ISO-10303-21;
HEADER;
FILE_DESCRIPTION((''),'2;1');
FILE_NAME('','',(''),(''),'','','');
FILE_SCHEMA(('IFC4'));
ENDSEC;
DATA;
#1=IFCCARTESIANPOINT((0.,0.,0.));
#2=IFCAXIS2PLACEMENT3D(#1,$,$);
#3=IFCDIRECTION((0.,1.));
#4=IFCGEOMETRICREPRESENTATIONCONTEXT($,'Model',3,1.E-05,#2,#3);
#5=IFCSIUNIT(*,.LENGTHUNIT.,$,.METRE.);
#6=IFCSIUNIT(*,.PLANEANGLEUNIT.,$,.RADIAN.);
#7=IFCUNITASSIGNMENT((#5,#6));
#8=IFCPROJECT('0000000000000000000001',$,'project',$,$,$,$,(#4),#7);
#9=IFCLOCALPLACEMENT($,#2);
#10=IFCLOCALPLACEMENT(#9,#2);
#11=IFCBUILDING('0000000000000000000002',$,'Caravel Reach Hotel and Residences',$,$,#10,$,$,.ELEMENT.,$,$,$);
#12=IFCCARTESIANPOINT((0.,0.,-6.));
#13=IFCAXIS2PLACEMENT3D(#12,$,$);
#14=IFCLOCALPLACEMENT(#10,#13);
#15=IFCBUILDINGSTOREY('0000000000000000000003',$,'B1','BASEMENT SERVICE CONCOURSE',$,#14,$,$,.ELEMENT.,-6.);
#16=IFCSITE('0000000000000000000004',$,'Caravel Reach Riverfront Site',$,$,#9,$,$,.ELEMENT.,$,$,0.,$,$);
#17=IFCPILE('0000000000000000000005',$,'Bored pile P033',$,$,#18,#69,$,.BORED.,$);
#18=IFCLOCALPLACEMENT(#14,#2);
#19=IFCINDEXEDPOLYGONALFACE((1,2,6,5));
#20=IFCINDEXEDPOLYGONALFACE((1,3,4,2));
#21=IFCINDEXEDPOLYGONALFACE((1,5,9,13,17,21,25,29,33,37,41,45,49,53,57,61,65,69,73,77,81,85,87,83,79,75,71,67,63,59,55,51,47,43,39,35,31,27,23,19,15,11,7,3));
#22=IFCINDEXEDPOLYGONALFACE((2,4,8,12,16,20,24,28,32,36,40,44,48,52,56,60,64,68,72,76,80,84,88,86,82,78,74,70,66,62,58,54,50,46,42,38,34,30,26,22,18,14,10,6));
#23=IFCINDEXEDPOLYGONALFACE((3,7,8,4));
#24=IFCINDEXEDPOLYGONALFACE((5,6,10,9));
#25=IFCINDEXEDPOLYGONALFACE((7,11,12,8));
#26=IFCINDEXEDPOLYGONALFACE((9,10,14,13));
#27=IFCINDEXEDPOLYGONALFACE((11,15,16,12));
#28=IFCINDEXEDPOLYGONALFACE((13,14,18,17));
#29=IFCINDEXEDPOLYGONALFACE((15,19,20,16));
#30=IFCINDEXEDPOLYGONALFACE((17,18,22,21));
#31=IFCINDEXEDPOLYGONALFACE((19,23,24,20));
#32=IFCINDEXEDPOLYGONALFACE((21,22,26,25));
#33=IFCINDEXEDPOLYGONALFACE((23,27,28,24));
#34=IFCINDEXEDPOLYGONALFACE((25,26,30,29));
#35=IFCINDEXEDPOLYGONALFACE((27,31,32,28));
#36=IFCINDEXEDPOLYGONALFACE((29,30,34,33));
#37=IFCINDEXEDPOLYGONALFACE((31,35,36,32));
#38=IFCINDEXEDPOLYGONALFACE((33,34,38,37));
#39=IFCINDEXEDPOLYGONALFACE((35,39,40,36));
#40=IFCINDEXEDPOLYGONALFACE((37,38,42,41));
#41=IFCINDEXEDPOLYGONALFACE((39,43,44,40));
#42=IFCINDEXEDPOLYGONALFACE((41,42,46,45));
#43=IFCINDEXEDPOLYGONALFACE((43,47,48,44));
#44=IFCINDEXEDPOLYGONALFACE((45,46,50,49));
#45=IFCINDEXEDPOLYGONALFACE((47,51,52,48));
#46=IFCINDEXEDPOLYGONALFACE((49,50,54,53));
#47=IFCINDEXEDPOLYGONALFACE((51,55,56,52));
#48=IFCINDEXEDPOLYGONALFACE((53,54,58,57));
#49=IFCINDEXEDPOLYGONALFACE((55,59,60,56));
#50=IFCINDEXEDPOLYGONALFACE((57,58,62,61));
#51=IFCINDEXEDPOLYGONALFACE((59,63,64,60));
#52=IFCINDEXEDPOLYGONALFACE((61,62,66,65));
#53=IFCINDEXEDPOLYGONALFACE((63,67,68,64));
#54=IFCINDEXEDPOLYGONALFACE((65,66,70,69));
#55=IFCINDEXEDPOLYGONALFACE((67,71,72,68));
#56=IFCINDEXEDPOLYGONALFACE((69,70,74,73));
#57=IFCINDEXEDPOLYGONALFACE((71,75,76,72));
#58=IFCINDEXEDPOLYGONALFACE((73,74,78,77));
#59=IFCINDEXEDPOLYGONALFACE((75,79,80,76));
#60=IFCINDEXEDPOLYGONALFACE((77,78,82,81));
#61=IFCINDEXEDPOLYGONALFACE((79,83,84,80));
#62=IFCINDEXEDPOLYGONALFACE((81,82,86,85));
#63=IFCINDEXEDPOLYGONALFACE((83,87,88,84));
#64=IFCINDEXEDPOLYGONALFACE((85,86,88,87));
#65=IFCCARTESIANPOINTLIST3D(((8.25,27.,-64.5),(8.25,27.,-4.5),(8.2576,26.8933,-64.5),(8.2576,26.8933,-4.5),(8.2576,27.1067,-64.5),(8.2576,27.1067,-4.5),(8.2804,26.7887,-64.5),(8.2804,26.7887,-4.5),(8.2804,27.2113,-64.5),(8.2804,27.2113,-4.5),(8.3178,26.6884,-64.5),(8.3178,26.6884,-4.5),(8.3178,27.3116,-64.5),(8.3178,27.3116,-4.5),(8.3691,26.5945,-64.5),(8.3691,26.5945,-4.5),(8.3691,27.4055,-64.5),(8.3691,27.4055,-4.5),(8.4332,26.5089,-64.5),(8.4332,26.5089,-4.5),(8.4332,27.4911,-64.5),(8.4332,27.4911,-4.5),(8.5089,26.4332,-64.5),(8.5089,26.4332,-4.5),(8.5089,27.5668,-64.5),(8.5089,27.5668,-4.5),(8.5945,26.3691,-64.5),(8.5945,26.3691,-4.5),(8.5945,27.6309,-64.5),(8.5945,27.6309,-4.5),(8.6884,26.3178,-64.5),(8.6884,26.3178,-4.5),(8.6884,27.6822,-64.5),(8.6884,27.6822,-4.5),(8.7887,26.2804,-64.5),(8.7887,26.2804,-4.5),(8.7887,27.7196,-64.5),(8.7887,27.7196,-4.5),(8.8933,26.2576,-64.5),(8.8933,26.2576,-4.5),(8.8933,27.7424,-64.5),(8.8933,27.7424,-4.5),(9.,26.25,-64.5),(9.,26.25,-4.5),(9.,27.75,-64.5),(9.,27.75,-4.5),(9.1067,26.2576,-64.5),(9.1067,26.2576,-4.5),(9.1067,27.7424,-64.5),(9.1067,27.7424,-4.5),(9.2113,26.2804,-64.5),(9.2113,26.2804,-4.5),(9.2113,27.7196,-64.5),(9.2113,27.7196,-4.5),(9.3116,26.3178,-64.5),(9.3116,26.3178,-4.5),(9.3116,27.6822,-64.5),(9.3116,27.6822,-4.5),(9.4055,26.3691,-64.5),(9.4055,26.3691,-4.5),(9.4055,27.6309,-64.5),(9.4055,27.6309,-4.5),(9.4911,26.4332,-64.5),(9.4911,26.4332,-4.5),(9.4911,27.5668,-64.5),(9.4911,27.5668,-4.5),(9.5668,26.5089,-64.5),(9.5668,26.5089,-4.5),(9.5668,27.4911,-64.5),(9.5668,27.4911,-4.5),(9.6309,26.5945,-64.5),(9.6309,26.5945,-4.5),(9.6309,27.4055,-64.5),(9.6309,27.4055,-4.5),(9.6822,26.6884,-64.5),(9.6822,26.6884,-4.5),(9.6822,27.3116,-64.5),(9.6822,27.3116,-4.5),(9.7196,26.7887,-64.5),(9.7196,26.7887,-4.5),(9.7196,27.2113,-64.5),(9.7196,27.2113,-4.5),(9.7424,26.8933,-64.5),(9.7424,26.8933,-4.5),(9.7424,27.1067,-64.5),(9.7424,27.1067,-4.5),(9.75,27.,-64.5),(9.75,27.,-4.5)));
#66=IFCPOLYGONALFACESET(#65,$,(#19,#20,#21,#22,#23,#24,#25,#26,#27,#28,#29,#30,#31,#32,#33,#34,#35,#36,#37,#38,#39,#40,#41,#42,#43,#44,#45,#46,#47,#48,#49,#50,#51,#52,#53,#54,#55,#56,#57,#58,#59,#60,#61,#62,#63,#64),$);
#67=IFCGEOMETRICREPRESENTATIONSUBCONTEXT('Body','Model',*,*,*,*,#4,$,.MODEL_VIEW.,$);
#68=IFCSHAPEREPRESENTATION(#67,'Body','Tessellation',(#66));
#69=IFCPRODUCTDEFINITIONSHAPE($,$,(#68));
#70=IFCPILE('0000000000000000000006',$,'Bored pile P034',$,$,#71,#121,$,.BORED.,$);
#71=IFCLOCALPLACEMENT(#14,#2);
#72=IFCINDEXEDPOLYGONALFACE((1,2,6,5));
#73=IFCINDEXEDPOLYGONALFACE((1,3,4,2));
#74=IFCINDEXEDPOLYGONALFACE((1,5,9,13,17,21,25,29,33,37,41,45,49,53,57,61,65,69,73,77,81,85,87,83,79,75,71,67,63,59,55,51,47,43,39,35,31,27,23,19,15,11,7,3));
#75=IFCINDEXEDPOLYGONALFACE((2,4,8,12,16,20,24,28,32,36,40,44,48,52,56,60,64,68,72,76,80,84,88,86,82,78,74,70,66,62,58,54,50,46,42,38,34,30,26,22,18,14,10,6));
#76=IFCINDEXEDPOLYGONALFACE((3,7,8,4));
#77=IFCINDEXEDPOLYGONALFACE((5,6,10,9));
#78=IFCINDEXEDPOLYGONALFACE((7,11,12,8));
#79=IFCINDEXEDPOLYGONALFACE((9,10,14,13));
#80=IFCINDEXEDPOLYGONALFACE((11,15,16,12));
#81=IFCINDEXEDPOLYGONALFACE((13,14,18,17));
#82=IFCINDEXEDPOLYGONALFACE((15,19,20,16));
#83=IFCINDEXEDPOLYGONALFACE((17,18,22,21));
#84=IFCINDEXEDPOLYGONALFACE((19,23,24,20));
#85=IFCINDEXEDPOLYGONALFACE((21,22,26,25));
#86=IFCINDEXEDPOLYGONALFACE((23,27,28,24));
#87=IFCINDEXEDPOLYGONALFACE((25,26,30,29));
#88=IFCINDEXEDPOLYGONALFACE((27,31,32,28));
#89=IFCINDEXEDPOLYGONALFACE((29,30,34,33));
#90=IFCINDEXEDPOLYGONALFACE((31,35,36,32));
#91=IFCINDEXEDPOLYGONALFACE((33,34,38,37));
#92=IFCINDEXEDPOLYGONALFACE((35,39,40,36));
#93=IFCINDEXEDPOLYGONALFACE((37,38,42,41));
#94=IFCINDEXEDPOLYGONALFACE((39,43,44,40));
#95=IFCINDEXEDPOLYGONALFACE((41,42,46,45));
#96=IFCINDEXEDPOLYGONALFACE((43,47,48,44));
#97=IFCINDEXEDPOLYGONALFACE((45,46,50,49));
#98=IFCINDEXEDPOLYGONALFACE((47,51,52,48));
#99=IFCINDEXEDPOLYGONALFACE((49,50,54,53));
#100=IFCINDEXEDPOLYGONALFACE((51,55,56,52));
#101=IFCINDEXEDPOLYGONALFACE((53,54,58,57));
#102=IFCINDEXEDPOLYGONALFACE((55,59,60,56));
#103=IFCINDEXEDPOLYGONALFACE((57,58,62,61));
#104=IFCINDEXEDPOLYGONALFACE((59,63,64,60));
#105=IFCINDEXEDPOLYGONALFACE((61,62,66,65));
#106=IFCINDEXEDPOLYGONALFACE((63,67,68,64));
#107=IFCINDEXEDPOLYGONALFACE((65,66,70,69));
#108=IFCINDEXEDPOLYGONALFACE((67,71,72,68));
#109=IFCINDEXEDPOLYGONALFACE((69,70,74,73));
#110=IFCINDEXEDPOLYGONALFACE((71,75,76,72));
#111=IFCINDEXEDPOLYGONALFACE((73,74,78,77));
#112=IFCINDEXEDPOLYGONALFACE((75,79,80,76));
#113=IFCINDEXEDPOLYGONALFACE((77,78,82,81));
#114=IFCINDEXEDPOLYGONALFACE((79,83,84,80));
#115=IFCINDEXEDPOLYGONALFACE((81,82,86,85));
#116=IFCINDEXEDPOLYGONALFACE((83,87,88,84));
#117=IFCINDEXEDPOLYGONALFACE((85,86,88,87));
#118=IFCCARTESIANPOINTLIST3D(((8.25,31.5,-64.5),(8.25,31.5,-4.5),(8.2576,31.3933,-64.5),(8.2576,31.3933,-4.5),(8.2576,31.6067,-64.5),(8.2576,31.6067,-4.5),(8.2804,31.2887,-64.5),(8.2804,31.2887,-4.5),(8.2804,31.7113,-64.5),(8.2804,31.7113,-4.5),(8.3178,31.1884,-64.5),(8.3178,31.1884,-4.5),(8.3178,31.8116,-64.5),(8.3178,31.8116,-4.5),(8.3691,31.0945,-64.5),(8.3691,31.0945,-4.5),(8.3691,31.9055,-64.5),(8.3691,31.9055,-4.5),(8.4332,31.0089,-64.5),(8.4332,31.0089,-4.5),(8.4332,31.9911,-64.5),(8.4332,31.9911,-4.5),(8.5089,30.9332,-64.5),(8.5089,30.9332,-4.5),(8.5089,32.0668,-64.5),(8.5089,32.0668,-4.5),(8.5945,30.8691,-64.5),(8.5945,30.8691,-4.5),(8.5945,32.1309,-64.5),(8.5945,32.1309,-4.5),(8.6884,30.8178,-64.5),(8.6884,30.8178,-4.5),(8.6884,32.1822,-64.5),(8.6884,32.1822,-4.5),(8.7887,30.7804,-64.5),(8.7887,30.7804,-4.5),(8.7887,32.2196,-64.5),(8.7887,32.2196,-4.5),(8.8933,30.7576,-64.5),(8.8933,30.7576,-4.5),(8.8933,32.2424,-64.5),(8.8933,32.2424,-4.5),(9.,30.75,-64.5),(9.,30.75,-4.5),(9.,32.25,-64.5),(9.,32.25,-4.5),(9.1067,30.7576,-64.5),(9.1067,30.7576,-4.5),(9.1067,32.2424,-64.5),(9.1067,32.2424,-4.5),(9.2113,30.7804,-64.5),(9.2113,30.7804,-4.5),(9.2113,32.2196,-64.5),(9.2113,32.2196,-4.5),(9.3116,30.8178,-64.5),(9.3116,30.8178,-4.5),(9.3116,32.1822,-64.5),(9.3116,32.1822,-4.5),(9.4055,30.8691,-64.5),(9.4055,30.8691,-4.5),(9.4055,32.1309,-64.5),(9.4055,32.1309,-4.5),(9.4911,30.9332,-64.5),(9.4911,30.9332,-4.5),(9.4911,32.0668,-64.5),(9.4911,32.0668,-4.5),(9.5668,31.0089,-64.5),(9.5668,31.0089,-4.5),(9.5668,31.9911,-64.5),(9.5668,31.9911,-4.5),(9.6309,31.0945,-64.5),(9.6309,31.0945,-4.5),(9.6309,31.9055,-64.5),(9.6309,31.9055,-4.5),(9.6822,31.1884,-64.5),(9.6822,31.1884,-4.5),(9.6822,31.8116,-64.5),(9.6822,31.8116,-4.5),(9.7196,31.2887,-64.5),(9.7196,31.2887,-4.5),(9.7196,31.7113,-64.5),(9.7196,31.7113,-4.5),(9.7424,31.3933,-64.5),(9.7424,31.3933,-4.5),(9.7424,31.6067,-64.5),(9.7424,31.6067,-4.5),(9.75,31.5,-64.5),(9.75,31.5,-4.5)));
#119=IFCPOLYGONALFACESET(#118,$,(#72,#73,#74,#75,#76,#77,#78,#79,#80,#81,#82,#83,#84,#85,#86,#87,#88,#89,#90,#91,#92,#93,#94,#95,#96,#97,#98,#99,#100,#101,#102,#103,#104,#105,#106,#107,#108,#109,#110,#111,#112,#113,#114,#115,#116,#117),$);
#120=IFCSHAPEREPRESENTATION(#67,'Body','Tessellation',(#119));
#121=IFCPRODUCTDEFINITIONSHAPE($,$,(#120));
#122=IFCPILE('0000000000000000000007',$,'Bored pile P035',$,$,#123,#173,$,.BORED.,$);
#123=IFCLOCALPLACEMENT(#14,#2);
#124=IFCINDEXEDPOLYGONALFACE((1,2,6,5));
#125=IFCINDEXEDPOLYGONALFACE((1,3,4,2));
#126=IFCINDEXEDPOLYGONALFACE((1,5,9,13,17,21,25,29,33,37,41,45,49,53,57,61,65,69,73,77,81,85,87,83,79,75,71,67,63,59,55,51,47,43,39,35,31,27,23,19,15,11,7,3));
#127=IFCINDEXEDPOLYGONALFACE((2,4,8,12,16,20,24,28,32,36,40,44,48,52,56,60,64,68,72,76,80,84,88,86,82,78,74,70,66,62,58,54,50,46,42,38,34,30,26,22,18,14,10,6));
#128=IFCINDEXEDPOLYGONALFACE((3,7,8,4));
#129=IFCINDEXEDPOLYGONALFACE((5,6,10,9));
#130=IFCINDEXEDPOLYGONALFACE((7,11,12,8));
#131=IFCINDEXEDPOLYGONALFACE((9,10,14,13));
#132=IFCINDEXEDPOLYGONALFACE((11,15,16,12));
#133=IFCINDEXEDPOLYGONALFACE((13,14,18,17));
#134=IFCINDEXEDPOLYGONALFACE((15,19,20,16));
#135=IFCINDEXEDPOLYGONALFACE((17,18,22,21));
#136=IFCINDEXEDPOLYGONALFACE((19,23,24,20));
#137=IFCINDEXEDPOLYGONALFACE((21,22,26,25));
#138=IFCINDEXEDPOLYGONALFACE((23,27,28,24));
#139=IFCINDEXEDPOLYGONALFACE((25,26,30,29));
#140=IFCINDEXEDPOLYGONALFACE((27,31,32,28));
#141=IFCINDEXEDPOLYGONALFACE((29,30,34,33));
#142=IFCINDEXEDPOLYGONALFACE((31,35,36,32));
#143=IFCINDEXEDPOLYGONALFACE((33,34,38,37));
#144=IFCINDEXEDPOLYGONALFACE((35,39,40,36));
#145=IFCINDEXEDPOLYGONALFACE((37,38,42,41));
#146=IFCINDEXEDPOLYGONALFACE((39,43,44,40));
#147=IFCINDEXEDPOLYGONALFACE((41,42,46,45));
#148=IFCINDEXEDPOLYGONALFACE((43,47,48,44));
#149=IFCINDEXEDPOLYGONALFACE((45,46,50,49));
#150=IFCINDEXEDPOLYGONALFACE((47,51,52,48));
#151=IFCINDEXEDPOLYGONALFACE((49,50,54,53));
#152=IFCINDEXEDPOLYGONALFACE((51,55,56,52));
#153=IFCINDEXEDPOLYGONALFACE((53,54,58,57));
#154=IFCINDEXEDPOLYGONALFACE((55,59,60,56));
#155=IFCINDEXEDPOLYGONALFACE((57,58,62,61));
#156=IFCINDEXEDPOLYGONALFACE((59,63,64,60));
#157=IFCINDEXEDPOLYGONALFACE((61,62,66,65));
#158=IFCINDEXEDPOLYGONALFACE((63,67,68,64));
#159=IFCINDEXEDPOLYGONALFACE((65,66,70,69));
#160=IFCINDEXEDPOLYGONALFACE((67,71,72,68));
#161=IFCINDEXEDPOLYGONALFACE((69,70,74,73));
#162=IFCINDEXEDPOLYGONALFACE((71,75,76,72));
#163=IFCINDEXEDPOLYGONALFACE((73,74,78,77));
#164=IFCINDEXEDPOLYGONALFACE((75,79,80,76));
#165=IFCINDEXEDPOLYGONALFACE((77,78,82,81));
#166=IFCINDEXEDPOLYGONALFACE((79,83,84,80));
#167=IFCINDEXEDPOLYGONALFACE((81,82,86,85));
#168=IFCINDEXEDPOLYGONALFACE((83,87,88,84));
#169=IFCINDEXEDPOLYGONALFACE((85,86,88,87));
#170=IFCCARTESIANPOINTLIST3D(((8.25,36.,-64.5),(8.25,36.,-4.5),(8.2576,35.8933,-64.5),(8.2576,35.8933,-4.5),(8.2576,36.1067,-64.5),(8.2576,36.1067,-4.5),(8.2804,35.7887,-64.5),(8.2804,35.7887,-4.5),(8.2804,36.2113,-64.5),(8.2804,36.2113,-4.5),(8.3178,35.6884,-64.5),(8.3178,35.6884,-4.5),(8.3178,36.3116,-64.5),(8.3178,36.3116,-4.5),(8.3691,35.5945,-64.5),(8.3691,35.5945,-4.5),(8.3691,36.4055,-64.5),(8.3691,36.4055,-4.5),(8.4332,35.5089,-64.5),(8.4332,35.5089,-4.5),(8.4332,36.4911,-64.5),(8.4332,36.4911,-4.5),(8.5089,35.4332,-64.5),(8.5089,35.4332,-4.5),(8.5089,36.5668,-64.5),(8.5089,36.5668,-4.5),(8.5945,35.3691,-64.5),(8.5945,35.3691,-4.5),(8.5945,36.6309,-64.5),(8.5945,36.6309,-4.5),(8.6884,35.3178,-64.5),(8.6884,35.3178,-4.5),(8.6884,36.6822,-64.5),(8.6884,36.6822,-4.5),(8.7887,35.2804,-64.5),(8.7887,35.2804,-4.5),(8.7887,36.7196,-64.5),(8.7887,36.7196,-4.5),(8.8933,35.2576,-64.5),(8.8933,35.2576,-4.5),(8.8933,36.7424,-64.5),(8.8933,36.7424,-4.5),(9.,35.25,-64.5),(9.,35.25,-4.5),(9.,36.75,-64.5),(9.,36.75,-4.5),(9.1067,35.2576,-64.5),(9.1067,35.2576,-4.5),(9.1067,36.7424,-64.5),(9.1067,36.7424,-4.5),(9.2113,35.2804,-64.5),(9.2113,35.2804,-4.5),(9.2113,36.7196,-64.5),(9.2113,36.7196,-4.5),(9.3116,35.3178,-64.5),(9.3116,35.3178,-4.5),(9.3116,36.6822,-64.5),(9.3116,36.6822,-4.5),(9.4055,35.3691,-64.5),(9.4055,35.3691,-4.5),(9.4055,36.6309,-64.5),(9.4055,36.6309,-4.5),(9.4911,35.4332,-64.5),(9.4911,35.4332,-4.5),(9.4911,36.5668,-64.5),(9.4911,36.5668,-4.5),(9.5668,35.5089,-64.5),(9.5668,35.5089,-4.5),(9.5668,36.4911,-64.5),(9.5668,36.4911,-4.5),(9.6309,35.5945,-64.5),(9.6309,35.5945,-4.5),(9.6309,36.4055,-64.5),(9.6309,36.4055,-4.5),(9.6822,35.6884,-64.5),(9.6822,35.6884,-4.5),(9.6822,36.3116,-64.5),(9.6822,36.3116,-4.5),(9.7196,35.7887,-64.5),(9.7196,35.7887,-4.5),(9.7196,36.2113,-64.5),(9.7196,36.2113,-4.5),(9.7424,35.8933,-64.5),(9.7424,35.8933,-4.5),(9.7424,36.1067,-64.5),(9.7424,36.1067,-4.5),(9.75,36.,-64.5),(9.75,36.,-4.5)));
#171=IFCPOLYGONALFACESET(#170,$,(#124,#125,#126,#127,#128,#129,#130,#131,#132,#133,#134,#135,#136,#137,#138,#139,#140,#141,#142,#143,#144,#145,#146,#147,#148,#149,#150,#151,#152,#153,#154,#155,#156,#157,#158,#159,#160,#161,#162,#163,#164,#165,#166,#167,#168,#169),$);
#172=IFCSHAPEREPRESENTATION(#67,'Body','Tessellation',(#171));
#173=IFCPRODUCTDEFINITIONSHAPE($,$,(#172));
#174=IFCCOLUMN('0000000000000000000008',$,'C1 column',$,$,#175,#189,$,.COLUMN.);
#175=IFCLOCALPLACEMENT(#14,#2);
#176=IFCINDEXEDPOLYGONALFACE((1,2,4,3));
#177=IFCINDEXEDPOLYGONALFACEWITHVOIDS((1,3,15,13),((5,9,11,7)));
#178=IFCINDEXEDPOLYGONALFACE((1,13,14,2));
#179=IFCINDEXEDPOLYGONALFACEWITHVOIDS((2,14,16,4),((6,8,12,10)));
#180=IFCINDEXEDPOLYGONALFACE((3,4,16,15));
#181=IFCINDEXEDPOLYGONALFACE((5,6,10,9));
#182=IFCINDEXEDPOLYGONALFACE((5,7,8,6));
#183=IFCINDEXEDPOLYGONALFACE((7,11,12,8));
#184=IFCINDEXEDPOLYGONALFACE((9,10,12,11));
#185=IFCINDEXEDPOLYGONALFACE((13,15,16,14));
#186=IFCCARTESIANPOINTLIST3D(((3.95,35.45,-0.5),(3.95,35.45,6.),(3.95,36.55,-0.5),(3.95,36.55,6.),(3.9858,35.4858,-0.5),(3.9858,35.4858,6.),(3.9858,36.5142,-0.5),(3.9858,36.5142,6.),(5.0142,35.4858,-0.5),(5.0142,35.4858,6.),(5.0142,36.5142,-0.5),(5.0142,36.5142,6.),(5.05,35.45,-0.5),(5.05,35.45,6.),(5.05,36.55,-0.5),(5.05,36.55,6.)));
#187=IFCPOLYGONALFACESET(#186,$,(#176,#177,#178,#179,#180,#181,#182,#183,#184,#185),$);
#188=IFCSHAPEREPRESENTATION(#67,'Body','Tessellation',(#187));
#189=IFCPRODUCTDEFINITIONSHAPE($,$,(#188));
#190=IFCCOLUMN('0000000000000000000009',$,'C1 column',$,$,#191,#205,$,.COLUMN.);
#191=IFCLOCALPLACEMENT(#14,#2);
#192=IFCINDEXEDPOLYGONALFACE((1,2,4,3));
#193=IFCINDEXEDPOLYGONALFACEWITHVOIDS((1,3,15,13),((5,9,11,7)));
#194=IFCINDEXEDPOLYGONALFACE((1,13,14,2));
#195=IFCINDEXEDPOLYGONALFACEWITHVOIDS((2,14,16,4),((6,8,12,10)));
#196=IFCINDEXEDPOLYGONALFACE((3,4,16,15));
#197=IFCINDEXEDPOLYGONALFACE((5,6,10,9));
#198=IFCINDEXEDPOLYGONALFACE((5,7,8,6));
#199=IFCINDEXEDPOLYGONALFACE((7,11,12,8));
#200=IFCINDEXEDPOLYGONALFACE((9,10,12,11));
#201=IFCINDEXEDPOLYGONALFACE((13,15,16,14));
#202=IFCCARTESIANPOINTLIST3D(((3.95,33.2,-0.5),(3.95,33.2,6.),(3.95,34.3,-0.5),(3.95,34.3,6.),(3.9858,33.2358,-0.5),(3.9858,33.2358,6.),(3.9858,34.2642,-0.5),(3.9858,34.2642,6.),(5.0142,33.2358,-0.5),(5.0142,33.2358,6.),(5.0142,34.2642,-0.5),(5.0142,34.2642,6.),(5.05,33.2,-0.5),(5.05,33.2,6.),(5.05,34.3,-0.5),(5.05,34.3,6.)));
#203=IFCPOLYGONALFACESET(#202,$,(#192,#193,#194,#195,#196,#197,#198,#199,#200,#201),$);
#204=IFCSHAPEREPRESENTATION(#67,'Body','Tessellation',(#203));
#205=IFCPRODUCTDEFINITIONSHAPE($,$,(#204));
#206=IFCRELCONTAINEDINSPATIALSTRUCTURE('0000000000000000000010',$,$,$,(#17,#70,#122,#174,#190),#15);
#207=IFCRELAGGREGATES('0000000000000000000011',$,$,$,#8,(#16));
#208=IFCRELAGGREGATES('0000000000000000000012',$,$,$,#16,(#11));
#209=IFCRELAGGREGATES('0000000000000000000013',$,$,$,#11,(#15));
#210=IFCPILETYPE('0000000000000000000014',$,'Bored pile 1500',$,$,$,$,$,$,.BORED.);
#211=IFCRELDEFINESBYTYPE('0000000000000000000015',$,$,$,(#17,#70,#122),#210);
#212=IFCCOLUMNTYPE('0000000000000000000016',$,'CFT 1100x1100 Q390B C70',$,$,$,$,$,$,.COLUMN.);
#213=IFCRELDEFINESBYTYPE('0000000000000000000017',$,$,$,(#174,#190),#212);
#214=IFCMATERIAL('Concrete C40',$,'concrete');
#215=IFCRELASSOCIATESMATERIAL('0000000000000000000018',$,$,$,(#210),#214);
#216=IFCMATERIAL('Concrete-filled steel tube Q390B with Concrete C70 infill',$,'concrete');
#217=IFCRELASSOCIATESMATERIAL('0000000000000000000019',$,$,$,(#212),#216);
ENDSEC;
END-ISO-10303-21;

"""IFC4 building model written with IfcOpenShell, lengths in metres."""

from ifc_helpers import new_model, si_unit, direction, frame, origin, origin_2d, place, context, subcontext, project, spatial, hollow_rectangle, circle, extrude, material, material_profile, profile_set, type_object, element, save


model = new_model("IFC4")

# Units and contexts
model_context = context("Model", 3, precision=1e-05, world=origin(), true_north=direction((0.0, 1.0)))
body_context = subcontext(model_context, "Body", "Model", "MODEL_VIEW")
ifc_project = project(units=[si_unit("LENGTHUNIT", "METRE"), si_unit("PLANEANGLEUNIT", "RADIAN")], contexts=[model_context])

# Site, building, storey
site_placement = place(None, origin())
site = spatial("IfcSite", under=ifc_project, at=site_placement, Name="Caravel Reach Riverfront Site", CompositionType="ELEMENT", RefElevation=0.0)
building_placement = place(site_placement, origin())
building = spatial("IfcBuilding", under=site, at=building_placement, Name="Caravel Reach Hotel and Residences", CompositionType="ELEMENT")
storey_placement = place(building_placement, frame((0.0, 0.0, -6.0)))
storey = spatial("IfcBuildingStorey", under=building, at=storey_placement, Name="B1", Description="BASEMENT SERVICE CONCOURSE", CompositionType="ELEMENT", Elevation=-6.0)

# Piles
ifc_material_1 = material(Name="Concrete C40", Category="concrete")
ifc_material_profile_1 = material_profile(ifc_material_1, circle(Radius=0.75, at=origin_2d()), Name="PILE 1500")
ifc_profile_set_1 = profile_set([ifc_material_profile_1], Name="Concrete C40")
pile_type = type_object("IfcPileType", Name="Bored pile 1500", PredefinedType="BORED", material=ifc_profile_set_1)
for number, where, z_axis, x_axis, name in (
    (1, (9.0, 27.0, -4.5), (0.0, 0.0, -1.0), (1.0, 0.0, 0.0), "Bored pile P033"),
    (2, (9.0, 31.5, -4.5), (0.0, 0.0, -1.0), (1.0, 0.0, 0.0), "Bored pile P034"),
    (3, (9.0, 36.0, -4.5), (0.0, 0.0, -1.0), (1.0, 0.0, 0.0), "Bored pile P035"),
):
    element("IfcPile", number, at=place(storey_placement, frame(where, z_axis=z_axis, x_axis=x_axis)), inside=storey, type_object=pile_type, Name=name, PredefinedType="BORED", context=body_context, shape_type="SweptSolid", body=[
        extrude(circle(Radius=0.75, at=origin_2d()), origin(), (0.0, 0.0, 1.0), 60.0),
    ])

# Columns
ifc_material_2 = material(Name="Concrete-filled steel tube Q390B with Concrete C70 infill", Category="concrete")
ifc_material_profile_2 = material_profile(ifc_material_2, hollow_rectangle(XDim=1.1001, YDim=1.1001, WallThickness=0.0359, at=origin_2d()), Name="RHS 1100x1100x36")
ifc_profile_set_2 = profile_set([ifc_material_profile_2], Name="Concrete-filled steel tube Q390B with Concrete C70 infill")
column_type_1 = type_object("IfcColumnType", Name="CFT 1100x1100 Q390B C70", PredefinedType="COLUMN", material=ifc_profile_set_2)
for number, where, z_axis, x_axis, name in (
    (4, (4.5, 36.0, -0.5), (0.0, 0.0, 1.0), (1.0, 0.0, 0.0), "C1 column"),
    (5, (4.5, 33.75, -0.5), (0.0, 0.0, 1.0), (1.0, 0.0, 0.0), "C1 column"),
):
    element("IfcColumn", number, at=place(storey_placement, frame(where, z_axis=z_axis, x_axis=x_axis)), inside=storey, type_object=column_type_1, Name=name, PredefinedType="COLUMN", context=body_context, shape_type="SweptSolid", body=[
        extrude(hollow_rectangle(XDim=1.1001, YDim=1.1001, WallThickness=0.0359, at=origin_2d()), origin(), (0.0, 0.0, 1.0), 6.5),
    ])

save(model, "model.ifc")
